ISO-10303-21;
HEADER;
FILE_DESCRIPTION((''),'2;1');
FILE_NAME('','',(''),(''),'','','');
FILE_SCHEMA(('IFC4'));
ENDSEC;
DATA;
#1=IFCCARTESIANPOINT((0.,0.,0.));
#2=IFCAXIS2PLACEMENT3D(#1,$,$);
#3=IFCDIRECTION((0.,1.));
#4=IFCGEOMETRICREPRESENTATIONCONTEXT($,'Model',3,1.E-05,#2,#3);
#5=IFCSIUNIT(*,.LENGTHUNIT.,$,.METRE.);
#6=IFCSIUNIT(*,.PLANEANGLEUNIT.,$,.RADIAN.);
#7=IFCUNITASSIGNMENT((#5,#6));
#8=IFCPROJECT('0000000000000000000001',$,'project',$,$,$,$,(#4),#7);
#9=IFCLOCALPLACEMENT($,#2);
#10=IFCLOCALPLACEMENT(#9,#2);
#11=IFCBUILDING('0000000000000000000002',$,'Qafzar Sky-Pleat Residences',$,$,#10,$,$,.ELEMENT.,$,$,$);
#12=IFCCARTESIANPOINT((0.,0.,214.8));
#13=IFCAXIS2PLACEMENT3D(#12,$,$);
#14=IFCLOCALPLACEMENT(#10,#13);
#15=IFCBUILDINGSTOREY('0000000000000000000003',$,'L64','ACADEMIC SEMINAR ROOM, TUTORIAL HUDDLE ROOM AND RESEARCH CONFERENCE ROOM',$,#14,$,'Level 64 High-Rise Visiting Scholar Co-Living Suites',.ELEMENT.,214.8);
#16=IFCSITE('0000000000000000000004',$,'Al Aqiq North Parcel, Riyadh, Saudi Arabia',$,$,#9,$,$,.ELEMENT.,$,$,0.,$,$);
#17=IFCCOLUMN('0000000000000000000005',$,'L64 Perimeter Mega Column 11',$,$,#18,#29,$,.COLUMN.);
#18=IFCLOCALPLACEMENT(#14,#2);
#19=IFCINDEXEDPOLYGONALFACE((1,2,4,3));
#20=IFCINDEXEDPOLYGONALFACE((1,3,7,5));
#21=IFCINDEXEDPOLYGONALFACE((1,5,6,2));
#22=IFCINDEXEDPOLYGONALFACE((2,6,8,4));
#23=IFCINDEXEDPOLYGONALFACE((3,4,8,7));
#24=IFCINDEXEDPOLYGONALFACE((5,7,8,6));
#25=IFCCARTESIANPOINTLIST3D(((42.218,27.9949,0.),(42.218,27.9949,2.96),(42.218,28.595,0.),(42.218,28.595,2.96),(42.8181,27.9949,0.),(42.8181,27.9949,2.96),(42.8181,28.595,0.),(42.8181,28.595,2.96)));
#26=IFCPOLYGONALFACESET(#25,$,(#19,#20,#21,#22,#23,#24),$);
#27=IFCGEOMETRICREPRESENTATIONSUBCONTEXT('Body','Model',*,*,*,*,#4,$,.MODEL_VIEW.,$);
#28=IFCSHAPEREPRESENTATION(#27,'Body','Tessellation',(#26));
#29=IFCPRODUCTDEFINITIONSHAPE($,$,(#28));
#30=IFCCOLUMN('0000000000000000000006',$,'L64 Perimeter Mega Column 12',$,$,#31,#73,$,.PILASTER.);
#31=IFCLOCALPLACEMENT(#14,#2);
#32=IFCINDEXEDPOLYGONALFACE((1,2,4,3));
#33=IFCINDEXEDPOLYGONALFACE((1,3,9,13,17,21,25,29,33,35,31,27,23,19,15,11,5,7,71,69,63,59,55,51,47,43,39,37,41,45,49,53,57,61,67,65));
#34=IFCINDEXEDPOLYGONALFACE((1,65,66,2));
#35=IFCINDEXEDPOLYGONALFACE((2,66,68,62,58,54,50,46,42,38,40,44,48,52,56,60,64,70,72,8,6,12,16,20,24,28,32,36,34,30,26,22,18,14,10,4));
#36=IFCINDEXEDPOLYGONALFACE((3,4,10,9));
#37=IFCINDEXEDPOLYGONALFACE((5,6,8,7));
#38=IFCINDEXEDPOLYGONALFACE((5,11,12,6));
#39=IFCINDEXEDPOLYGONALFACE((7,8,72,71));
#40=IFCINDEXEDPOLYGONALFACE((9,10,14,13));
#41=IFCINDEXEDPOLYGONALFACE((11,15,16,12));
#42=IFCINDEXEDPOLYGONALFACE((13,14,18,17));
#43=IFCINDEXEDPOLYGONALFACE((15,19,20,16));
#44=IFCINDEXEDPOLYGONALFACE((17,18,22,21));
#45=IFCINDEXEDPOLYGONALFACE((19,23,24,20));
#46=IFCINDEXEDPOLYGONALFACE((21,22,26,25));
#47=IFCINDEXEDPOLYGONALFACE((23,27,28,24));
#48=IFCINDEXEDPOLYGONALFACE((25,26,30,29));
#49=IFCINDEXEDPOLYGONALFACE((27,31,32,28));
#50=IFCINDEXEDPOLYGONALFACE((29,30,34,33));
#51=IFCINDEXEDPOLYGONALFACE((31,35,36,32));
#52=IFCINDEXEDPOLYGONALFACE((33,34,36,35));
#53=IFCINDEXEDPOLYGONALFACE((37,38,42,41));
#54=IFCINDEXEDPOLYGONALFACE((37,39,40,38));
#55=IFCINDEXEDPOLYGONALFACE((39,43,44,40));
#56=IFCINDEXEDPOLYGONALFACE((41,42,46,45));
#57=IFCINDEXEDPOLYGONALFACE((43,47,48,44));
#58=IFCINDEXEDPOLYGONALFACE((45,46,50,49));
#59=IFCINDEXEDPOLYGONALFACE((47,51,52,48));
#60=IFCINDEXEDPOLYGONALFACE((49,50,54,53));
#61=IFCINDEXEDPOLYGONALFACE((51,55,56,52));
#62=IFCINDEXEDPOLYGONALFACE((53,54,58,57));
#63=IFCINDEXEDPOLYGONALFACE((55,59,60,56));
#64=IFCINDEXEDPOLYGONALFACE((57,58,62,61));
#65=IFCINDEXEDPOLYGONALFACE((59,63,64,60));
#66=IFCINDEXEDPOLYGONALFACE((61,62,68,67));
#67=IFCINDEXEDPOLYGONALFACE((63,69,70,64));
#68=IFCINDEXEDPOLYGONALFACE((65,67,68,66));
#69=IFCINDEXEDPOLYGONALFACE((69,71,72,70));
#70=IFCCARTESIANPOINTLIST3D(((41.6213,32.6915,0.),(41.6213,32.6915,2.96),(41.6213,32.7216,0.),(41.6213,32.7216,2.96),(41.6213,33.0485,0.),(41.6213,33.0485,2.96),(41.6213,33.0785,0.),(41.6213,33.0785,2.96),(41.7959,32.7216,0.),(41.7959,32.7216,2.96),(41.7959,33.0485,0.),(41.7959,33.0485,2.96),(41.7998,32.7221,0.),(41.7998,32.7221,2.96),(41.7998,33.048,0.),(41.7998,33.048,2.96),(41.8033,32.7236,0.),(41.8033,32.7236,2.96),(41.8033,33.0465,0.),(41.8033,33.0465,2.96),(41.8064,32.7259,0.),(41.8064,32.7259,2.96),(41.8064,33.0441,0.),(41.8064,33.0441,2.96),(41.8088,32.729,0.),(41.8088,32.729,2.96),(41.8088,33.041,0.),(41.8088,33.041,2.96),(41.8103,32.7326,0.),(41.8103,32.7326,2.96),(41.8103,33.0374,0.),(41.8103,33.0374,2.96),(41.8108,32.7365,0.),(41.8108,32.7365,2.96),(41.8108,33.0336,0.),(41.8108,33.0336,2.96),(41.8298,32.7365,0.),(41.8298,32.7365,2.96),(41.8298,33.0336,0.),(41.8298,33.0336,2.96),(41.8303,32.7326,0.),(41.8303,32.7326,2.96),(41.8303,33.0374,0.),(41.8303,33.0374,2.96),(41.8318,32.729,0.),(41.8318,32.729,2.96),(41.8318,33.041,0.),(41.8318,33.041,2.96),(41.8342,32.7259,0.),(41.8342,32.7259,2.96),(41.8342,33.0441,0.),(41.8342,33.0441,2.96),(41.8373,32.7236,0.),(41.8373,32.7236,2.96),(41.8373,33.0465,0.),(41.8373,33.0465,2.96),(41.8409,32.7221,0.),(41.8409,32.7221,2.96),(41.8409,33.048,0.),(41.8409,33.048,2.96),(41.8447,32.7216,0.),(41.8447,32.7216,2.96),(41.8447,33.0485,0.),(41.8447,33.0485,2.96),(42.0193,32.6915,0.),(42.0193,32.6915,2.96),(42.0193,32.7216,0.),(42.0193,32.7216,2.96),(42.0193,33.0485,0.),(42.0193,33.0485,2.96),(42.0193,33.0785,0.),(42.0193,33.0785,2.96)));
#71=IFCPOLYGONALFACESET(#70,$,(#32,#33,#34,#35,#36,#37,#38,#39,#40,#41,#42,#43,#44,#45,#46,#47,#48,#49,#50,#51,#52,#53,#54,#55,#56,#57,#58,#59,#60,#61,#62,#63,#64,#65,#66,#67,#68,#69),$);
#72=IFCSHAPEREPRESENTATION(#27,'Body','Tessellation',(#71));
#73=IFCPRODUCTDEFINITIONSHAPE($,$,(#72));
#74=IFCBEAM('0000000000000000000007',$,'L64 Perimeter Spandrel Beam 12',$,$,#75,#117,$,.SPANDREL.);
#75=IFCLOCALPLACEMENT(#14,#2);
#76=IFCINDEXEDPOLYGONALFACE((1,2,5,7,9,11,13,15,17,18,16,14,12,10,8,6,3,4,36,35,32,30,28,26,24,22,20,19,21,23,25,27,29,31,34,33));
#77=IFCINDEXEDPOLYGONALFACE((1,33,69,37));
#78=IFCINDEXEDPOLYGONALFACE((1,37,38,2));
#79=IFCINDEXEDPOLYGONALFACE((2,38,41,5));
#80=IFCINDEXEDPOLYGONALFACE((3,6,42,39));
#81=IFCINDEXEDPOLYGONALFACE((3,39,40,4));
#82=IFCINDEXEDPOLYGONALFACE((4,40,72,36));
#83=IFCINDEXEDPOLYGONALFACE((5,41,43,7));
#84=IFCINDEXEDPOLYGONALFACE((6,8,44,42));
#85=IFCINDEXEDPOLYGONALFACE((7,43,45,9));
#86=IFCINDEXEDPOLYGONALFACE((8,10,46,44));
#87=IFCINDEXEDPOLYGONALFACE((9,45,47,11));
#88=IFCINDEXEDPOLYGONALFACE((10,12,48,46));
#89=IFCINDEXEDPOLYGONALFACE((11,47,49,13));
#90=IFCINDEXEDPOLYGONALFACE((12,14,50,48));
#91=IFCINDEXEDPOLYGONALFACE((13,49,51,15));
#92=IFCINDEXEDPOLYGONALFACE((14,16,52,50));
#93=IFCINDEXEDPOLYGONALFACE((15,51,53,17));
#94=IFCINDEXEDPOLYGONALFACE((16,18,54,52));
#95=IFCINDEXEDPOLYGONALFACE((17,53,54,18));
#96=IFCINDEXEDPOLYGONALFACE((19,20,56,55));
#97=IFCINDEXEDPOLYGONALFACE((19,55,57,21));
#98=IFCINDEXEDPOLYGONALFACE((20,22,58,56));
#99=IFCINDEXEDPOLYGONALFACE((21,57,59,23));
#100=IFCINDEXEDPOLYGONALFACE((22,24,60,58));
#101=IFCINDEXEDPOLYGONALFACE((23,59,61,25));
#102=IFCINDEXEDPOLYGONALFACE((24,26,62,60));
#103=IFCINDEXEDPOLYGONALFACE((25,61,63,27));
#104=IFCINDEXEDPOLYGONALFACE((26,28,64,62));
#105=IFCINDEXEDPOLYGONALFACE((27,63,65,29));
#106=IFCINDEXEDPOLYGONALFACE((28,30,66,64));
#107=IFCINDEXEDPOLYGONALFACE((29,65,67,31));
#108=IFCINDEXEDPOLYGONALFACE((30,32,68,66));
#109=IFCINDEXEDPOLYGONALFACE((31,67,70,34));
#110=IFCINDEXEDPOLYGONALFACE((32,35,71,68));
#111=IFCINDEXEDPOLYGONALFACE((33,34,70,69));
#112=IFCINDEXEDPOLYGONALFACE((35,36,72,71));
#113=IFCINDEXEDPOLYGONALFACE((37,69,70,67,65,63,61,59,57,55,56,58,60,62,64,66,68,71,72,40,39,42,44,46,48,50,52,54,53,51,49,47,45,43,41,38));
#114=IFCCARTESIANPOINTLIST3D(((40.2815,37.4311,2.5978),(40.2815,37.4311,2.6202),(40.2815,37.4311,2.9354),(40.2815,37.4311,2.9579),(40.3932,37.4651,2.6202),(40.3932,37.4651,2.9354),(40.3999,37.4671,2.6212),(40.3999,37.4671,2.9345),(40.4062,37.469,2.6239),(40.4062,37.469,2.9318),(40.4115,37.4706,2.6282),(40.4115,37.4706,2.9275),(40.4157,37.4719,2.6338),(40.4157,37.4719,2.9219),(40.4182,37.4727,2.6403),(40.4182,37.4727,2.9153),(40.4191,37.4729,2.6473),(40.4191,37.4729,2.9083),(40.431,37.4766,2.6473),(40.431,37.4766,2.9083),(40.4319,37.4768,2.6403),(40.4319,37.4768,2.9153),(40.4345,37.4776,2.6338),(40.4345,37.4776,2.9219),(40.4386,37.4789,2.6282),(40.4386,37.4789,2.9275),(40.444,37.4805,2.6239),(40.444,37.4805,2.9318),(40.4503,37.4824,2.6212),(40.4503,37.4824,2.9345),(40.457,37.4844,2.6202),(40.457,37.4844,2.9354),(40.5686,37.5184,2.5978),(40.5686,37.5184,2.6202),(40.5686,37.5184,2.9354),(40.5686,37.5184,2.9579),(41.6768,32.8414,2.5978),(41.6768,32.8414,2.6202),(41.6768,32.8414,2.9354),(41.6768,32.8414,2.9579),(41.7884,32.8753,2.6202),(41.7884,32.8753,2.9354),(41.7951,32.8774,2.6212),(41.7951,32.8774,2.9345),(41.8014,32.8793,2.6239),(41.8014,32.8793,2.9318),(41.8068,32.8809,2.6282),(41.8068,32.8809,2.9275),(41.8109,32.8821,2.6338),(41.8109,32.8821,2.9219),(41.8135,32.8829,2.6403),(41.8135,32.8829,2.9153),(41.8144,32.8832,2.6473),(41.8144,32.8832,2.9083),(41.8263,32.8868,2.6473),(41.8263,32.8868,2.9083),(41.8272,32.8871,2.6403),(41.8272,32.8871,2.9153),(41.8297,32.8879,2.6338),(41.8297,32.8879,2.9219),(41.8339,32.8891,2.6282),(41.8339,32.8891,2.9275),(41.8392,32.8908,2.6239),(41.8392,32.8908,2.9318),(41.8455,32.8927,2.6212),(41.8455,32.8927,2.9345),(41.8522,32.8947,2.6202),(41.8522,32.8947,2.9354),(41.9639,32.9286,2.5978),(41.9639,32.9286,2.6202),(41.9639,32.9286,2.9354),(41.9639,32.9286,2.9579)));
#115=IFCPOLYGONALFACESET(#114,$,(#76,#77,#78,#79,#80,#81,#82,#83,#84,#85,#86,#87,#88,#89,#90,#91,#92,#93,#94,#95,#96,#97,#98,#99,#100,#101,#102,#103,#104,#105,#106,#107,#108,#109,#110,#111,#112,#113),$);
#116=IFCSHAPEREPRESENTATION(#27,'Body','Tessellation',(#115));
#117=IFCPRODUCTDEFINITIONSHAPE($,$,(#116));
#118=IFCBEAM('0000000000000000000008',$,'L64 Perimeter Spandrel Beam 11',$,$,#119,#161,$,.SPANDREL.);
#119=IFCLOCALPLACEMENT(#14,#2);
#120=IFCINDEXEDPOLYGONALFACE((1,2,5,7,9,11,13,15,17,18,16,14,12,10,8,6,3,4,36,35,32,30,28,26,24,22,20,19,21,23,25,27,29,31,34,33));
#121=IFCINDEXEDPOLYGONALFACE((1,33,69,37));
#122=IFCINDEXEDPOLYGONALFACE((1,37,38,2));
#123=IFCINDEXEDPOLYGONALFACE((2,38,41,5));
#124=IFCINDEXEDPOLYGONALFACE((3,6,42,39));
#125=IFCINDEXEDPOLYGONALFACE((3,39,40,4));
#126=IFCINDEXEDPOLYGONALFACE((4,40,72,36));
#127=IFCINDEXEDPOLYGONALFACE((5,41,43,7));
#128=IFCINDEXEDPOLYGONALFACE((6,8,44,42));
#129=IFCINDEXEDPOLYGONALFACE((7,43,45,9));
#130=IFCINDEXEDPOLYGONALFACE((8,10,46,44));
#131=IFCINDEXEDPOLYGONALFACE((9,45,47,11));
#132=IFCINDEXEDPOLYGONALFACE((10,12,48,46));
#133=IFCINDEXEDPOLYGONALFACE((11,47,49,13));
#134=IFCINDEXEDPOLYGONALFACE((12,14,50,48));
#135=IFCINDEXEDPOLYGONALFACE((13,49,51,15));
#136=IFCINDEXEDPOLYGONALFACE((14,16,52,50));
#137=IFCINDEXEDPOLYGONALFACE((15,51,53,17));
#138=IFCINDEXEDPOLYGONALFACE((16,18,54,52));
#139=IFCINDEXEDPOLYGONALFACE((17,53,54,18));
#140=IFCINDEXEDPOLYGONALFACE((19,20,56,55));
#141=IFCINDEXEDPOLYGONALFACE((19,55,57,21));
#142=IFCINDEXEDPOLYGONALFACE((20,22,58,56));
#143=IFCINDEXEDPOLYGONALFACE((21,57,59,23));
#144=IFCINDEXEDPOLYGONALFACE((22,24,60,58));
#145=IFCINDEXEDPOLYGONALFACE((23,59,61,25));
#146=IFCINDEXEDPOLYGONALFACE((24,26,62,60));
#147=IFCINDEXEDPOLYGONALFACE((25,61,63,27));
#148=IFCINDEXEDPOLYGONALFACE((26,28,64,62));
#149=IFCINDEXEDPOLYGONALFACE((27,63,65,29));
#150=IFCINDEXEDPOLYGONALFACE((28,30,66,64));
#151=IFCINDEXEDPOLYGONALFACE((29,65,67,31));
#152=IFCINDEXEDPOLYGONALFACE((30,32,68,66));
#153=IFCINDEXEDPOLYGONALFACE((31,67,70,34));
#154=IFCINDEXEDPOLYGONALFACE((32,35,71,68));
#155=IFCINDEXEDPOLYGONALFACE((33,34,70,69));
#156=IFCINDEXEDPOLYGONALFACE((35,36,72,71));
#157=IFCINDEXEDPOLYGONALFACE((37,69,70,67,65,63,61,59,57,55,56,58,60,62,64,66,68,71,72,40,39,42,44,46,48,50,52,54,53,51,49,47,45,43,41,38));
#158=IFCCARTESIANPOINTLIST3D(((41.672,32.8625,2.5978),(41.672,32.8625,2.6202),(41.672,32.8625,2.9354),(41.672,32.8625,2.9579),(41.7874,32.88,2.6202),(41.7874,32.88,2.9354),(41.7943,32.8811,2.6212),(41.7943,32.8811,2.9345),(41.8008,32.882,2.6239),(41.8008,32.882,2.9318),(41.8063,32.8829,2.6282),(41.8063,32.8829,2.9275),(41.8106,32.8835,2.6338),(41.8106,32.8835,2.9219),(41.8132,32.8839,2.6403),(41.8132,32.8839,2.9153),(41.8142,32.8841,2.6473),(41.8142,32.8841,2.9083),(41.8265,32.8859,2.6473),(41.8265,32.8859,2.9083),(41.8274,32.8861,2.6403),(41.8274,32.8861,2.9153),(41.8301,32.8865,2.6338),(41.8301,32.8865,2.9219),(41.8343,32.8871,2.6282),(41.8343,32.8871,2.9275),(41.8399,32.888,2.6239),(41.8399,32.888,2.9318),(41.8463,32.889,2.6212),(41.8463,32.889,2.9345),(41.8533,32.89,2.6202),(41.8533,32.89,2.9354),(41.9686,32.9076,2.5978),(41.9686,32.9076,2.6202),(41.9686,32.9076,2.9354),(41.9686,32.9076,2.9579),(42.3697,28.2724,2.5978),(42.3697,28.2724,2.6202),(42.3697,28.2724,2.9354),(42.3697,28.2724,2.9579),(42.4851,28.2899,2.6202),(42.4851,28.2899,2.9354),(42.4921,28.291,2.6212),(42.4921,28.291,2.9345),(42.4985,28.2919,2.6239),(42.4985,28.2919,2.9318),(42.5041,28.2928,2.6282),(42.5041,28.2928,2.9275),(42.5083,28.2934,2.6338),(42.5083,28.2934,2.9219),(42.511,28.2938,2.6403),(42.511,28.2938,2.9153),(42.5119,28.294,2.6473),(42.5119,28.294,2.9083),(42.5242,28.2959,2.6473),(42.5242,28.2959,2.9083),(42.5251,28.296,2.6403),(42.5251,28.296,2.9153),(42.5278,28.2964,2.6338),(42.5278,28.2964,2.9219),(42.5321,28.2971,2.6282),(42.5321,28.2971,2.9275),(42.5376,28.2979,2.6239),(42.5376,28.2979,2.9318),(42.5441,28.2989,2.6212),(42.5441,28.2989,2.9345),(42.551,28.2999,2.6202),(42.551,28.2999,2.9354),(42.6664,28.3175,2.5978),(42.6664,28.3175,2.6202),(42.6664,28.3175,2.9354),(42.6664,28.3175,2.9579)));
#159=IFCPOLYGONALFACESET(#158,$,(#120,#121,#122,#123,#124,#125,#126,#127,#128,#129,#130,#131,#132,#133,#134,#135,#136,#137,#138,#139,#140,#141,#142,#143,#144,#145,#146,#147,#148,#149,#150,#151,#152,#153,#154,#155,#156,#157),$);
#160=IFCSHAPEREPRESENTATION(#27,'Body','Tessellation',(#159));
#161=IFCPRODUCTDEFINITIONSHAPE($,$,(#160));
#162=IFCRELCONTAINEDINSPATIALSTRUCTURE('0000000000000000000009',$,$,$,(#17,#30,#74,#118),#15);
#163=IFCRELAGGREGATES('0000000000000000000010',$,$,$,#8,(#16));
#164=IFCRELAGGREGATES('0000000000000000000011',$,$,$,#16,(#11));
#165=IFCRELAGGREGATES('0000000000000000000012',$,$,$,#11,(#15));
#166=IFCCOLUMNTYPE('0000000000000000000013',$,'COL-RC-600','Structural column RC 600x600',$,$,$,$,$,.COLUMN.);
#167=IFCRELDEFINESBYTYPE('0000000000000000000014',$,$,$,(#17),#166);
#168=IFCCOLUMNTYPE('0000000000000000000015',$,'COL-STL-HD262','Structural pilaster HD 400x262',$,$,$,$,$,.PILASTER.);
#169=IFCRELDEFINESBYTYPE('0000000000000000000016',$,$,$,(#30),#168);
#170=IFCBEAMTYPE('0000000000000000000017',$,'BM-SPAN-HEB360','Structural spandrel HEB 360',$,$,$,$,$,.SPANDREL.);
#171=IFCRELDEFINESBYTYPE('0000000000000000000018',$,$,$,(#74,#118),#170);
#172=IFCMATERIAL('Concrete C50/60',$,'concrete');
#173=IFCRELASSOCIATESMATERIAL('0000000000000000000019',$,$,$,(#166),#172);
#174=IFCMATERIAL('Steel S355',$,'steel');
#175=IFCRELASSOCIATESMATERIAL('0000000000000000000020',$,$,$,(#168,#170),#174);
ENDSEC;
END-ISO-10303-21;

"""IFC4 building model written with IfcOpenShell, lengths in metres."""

from ifc_helpers import new_model, si_unit, direction, frame, origin, origin_2d, place, context, subcontext, project, spatial, rectangle, i_section, extrude, source, transform, mapped, material, material_profile, profile_set, type_object, element, save


model = new_model("IFC4")

# Units and contexts
model_context = context("Model", 3, precision=1e-05, world=origin(), true_north=direction((0.0, 1.0)))
body_context = subcontext(model_context, "Body", "Model", "MODEL_VIEW")
ifc_project = project(units=[si_unit("LENGTHUNIT", "METRE"), si_unit("PLANEANGLEUNIT", "RADIAN")], contexts=[model_context])

# Site, building, storey
site_placement = place(None, origin())
site = spatial("IfcSite", under=ifc_project, at=site_placement, Name="Al Aqiq North Parcel, Riyadh, Saudi Arabia", CompositionType="ELEMENT", RefElevation=0.0)
building_placement = place(site_placement, origin())
building = spatial("IfcBuilding", under=site, at=building_placement, Name="Qafzar Sky-Pleat Residences", CompositionType="ELEMENT")
storey_placement = place(building_placement, frame((0.0, 0.0, 214.8)))
storey = spatial("IfcBuildingStorey", under=building, at=storey_placement, Name="L64", Description="ACADEMIC SEMINAR ROOM, TUTORIAL HUDDLE ROOM AND RESEARCH CONFERENCE ROOM", LongName="Level 64 High-Rise Visiting Scholar Co-Living Suites", CompositionType="ELEMENT", Elevation=214.8)

# Columns
ifc_material_1 = material(Name="Concrete C50/60", Category="concrete")
ifc_material_profile_1 = material_profile(ifc_material_1, rectangle(XDim=0.6001, YDim=0.6001, at=origin_2d()), Name="RC 600x600")
ifc_profile_set_1 = profile_set([ifc_material_profile_1], Name="Concrete C50/60")
column_type_1 = type_object("IfcColumnType", Name="COL-RC-600", Description="Structural column RC 600x600", PredefinedType="COLUMN", material=ifc_profile_set_1)
shared_shape_1 = source(origin(), body_context, "Body", "SweptSolid", [
    extrude(rectangle(XDim=0.6001, YDim=0.6001, at=origin_2d()), origin(), (0.0, 0.0, 1.0), 2.96),
])
column_1_placement = place(storey_placement, frame((42.5181, 28.2949, 0.0), z_axis=(0.0, 0.0, 1.0), x_axis=(1.0, 0.0, 0.0)))
element("IfcColumn", 1, at=column_1_placement, inside=storey, type_object=column_type_1, Name="L64 Perimeter Mega Column 11", PredefinedType="COLUMN", context=body_context, shape_type="MappedRepresentation", body=[
    mapped(shared_shape_1, transform((0.0, 0.0, 0.0), x_axis=(1.0, 0.0, 0.0), y_axis=(0.0, 1.0, 0.0), z_axis=(0.0, 0.0, 1.0), scale=1.0)),
])
ifc_material_2 = material(Name="Steel S355", Category="steel")
ifc_material_profile_2 = material_profile(ifc_material_2, i_section(OverallWidth=0.3979, OverallDepth=0.387, WebThickness=0.019, FlangeThickness=0.03, FilletRadius=0.0149, at=origin_2d()), Name="HD 400x262")
ifc_profile_set_2 = profile_set([ifc_material_profile_2], Name="Steel S355")
column_type_2 = type_object("IfcColumnType", Name="COL-STL-HD262", Description="Structural pilaster HD 400x262", PredefinedType="PILASTER", material=ifc_profile_set_2)
shared_shape_2 = source(origin(), body_context, "Body", "SweptSolid", [
    extrude(i_section(OverallWidth=0.3979, OverallDepth=0.387, WebThickness=0.019, FlangeThickness=0.03, FilletRadius=0.0149, at=origin_2d()), origin(), (0.0, 0.0, 1.0), 2.96),
])
column_2_placement = place(storey_placement, frame((41.8203, 32.885, 0.0), z_axis=(0.0, 0.0, 1.0), x_axis=(1.0, 0.0, 0.0)))
element("IfcColumn", 2, at=column_2_placement, inside=storey, type_object=column_type_2, Name="L64 Perimeter Mega Column 12", PredefinedType="PILASTER", context=body_context, shape_type="MappedRepresentation", body=[
    mapped(shared_shape_2, transform((0.0, 0.0, 0.0), x_axis=(1.0, 0.0, 0.0), y_axis=(0.0, 1.0, 0.0), z_axis=(0.0, 0.0, 1.0), scale=1.0)),
])

# Beams
ifc_material_profile_3 = material_profile(ifc_material_2, i_section(OverallWidth=0.3, OverallDepth=0.3601, WebThickness=0.0125, FlangeThickness=0.0225, FilletRadius=0.0271, at=origin_2d()), Name="HEB 360")
ifc_profile_set_3 = profile_set([ifc_material_profile_3], Name="Steel S355")
beam_type_1 = type_object("IfcBeamType", Name="BM-SPAN-HEB360", Description="Structural spandrel HEB 360", PredefinedType="SPANDREL", material=ifc_profile_set_3)
shared_shape_3 = source(origin(), body_context, "Body", "SweptSolid", [
    extrude(i_section(OverallWidth=0.3, OverallDepth=0.3601, WebThickness=0.0125, FlangeThickness=0.0225, FilletRadius=0.0271, at=origin_2d()), origin(), (0.0, 0.0, 1.0), 4.7971),
])
beam_1_placement = place(storey_placement, frame((41.8203, 32.885, 2.7778), z_axis=(-0.290848, 0.956769, 0.0), x_axis=(-0.956769, -0.290848, 0.0)))
element("IfcBeam", 3, at=beam_1_placement, inside=storey, type_object=beam_type_1, Name="L64 Perimeter Spandrel Beam 12", PredefinedType="SPANDREL", context=body_context, shape_type="MappedRepresentation", body=[
    mapped(shared_shape_3, transform((0.0, 0.0, 0.0), x_axis=(1.0, 0.0, 0.0), y_axis=(0.0, 1.0, 0.0), z_axis=(0.0, 0.0, 1.0), scale=1.0)),
])
shared_shape_4 = source(origin(), body_context, "Body", "SweptSolid", [
    extrude(i_section(OverallWidth=0.3, OverallDepth=0.3601, WebThickness=0.0125, FlangeThickness=0.0225, FilletRadius=0.0271, at=origin_2d()), origin(), (0.0, 0.0, 1.0), 4.6428),
])
beam_2_placement = place(storey_placement, frame((42.5181, 28.2949, 2.7778), z_axis=(-0.150287, 0.988642, 0.0), x_axis=(-0.988642, -0.150287, 0.0)))
element("IfcBeam", 4, at=beam_2_placement, inside=storey, type_object=beam_type_1, Name="L64 Perimeter Spandrel Beam 11", PredefinedType="SPANDREL", context=body_context, shape_type="MappedRepresentation", body=[
    mapped(shared_shape_4, transform((0.0, 0.0, 0.0), x_axis=(1.0, 0.0, 0.0), y_axis=(0.0, 1.0, 0.0), z_axis=(0.0, 0.0, 1.0), scale=1.0)),
])

save(model, "model.ifc")
